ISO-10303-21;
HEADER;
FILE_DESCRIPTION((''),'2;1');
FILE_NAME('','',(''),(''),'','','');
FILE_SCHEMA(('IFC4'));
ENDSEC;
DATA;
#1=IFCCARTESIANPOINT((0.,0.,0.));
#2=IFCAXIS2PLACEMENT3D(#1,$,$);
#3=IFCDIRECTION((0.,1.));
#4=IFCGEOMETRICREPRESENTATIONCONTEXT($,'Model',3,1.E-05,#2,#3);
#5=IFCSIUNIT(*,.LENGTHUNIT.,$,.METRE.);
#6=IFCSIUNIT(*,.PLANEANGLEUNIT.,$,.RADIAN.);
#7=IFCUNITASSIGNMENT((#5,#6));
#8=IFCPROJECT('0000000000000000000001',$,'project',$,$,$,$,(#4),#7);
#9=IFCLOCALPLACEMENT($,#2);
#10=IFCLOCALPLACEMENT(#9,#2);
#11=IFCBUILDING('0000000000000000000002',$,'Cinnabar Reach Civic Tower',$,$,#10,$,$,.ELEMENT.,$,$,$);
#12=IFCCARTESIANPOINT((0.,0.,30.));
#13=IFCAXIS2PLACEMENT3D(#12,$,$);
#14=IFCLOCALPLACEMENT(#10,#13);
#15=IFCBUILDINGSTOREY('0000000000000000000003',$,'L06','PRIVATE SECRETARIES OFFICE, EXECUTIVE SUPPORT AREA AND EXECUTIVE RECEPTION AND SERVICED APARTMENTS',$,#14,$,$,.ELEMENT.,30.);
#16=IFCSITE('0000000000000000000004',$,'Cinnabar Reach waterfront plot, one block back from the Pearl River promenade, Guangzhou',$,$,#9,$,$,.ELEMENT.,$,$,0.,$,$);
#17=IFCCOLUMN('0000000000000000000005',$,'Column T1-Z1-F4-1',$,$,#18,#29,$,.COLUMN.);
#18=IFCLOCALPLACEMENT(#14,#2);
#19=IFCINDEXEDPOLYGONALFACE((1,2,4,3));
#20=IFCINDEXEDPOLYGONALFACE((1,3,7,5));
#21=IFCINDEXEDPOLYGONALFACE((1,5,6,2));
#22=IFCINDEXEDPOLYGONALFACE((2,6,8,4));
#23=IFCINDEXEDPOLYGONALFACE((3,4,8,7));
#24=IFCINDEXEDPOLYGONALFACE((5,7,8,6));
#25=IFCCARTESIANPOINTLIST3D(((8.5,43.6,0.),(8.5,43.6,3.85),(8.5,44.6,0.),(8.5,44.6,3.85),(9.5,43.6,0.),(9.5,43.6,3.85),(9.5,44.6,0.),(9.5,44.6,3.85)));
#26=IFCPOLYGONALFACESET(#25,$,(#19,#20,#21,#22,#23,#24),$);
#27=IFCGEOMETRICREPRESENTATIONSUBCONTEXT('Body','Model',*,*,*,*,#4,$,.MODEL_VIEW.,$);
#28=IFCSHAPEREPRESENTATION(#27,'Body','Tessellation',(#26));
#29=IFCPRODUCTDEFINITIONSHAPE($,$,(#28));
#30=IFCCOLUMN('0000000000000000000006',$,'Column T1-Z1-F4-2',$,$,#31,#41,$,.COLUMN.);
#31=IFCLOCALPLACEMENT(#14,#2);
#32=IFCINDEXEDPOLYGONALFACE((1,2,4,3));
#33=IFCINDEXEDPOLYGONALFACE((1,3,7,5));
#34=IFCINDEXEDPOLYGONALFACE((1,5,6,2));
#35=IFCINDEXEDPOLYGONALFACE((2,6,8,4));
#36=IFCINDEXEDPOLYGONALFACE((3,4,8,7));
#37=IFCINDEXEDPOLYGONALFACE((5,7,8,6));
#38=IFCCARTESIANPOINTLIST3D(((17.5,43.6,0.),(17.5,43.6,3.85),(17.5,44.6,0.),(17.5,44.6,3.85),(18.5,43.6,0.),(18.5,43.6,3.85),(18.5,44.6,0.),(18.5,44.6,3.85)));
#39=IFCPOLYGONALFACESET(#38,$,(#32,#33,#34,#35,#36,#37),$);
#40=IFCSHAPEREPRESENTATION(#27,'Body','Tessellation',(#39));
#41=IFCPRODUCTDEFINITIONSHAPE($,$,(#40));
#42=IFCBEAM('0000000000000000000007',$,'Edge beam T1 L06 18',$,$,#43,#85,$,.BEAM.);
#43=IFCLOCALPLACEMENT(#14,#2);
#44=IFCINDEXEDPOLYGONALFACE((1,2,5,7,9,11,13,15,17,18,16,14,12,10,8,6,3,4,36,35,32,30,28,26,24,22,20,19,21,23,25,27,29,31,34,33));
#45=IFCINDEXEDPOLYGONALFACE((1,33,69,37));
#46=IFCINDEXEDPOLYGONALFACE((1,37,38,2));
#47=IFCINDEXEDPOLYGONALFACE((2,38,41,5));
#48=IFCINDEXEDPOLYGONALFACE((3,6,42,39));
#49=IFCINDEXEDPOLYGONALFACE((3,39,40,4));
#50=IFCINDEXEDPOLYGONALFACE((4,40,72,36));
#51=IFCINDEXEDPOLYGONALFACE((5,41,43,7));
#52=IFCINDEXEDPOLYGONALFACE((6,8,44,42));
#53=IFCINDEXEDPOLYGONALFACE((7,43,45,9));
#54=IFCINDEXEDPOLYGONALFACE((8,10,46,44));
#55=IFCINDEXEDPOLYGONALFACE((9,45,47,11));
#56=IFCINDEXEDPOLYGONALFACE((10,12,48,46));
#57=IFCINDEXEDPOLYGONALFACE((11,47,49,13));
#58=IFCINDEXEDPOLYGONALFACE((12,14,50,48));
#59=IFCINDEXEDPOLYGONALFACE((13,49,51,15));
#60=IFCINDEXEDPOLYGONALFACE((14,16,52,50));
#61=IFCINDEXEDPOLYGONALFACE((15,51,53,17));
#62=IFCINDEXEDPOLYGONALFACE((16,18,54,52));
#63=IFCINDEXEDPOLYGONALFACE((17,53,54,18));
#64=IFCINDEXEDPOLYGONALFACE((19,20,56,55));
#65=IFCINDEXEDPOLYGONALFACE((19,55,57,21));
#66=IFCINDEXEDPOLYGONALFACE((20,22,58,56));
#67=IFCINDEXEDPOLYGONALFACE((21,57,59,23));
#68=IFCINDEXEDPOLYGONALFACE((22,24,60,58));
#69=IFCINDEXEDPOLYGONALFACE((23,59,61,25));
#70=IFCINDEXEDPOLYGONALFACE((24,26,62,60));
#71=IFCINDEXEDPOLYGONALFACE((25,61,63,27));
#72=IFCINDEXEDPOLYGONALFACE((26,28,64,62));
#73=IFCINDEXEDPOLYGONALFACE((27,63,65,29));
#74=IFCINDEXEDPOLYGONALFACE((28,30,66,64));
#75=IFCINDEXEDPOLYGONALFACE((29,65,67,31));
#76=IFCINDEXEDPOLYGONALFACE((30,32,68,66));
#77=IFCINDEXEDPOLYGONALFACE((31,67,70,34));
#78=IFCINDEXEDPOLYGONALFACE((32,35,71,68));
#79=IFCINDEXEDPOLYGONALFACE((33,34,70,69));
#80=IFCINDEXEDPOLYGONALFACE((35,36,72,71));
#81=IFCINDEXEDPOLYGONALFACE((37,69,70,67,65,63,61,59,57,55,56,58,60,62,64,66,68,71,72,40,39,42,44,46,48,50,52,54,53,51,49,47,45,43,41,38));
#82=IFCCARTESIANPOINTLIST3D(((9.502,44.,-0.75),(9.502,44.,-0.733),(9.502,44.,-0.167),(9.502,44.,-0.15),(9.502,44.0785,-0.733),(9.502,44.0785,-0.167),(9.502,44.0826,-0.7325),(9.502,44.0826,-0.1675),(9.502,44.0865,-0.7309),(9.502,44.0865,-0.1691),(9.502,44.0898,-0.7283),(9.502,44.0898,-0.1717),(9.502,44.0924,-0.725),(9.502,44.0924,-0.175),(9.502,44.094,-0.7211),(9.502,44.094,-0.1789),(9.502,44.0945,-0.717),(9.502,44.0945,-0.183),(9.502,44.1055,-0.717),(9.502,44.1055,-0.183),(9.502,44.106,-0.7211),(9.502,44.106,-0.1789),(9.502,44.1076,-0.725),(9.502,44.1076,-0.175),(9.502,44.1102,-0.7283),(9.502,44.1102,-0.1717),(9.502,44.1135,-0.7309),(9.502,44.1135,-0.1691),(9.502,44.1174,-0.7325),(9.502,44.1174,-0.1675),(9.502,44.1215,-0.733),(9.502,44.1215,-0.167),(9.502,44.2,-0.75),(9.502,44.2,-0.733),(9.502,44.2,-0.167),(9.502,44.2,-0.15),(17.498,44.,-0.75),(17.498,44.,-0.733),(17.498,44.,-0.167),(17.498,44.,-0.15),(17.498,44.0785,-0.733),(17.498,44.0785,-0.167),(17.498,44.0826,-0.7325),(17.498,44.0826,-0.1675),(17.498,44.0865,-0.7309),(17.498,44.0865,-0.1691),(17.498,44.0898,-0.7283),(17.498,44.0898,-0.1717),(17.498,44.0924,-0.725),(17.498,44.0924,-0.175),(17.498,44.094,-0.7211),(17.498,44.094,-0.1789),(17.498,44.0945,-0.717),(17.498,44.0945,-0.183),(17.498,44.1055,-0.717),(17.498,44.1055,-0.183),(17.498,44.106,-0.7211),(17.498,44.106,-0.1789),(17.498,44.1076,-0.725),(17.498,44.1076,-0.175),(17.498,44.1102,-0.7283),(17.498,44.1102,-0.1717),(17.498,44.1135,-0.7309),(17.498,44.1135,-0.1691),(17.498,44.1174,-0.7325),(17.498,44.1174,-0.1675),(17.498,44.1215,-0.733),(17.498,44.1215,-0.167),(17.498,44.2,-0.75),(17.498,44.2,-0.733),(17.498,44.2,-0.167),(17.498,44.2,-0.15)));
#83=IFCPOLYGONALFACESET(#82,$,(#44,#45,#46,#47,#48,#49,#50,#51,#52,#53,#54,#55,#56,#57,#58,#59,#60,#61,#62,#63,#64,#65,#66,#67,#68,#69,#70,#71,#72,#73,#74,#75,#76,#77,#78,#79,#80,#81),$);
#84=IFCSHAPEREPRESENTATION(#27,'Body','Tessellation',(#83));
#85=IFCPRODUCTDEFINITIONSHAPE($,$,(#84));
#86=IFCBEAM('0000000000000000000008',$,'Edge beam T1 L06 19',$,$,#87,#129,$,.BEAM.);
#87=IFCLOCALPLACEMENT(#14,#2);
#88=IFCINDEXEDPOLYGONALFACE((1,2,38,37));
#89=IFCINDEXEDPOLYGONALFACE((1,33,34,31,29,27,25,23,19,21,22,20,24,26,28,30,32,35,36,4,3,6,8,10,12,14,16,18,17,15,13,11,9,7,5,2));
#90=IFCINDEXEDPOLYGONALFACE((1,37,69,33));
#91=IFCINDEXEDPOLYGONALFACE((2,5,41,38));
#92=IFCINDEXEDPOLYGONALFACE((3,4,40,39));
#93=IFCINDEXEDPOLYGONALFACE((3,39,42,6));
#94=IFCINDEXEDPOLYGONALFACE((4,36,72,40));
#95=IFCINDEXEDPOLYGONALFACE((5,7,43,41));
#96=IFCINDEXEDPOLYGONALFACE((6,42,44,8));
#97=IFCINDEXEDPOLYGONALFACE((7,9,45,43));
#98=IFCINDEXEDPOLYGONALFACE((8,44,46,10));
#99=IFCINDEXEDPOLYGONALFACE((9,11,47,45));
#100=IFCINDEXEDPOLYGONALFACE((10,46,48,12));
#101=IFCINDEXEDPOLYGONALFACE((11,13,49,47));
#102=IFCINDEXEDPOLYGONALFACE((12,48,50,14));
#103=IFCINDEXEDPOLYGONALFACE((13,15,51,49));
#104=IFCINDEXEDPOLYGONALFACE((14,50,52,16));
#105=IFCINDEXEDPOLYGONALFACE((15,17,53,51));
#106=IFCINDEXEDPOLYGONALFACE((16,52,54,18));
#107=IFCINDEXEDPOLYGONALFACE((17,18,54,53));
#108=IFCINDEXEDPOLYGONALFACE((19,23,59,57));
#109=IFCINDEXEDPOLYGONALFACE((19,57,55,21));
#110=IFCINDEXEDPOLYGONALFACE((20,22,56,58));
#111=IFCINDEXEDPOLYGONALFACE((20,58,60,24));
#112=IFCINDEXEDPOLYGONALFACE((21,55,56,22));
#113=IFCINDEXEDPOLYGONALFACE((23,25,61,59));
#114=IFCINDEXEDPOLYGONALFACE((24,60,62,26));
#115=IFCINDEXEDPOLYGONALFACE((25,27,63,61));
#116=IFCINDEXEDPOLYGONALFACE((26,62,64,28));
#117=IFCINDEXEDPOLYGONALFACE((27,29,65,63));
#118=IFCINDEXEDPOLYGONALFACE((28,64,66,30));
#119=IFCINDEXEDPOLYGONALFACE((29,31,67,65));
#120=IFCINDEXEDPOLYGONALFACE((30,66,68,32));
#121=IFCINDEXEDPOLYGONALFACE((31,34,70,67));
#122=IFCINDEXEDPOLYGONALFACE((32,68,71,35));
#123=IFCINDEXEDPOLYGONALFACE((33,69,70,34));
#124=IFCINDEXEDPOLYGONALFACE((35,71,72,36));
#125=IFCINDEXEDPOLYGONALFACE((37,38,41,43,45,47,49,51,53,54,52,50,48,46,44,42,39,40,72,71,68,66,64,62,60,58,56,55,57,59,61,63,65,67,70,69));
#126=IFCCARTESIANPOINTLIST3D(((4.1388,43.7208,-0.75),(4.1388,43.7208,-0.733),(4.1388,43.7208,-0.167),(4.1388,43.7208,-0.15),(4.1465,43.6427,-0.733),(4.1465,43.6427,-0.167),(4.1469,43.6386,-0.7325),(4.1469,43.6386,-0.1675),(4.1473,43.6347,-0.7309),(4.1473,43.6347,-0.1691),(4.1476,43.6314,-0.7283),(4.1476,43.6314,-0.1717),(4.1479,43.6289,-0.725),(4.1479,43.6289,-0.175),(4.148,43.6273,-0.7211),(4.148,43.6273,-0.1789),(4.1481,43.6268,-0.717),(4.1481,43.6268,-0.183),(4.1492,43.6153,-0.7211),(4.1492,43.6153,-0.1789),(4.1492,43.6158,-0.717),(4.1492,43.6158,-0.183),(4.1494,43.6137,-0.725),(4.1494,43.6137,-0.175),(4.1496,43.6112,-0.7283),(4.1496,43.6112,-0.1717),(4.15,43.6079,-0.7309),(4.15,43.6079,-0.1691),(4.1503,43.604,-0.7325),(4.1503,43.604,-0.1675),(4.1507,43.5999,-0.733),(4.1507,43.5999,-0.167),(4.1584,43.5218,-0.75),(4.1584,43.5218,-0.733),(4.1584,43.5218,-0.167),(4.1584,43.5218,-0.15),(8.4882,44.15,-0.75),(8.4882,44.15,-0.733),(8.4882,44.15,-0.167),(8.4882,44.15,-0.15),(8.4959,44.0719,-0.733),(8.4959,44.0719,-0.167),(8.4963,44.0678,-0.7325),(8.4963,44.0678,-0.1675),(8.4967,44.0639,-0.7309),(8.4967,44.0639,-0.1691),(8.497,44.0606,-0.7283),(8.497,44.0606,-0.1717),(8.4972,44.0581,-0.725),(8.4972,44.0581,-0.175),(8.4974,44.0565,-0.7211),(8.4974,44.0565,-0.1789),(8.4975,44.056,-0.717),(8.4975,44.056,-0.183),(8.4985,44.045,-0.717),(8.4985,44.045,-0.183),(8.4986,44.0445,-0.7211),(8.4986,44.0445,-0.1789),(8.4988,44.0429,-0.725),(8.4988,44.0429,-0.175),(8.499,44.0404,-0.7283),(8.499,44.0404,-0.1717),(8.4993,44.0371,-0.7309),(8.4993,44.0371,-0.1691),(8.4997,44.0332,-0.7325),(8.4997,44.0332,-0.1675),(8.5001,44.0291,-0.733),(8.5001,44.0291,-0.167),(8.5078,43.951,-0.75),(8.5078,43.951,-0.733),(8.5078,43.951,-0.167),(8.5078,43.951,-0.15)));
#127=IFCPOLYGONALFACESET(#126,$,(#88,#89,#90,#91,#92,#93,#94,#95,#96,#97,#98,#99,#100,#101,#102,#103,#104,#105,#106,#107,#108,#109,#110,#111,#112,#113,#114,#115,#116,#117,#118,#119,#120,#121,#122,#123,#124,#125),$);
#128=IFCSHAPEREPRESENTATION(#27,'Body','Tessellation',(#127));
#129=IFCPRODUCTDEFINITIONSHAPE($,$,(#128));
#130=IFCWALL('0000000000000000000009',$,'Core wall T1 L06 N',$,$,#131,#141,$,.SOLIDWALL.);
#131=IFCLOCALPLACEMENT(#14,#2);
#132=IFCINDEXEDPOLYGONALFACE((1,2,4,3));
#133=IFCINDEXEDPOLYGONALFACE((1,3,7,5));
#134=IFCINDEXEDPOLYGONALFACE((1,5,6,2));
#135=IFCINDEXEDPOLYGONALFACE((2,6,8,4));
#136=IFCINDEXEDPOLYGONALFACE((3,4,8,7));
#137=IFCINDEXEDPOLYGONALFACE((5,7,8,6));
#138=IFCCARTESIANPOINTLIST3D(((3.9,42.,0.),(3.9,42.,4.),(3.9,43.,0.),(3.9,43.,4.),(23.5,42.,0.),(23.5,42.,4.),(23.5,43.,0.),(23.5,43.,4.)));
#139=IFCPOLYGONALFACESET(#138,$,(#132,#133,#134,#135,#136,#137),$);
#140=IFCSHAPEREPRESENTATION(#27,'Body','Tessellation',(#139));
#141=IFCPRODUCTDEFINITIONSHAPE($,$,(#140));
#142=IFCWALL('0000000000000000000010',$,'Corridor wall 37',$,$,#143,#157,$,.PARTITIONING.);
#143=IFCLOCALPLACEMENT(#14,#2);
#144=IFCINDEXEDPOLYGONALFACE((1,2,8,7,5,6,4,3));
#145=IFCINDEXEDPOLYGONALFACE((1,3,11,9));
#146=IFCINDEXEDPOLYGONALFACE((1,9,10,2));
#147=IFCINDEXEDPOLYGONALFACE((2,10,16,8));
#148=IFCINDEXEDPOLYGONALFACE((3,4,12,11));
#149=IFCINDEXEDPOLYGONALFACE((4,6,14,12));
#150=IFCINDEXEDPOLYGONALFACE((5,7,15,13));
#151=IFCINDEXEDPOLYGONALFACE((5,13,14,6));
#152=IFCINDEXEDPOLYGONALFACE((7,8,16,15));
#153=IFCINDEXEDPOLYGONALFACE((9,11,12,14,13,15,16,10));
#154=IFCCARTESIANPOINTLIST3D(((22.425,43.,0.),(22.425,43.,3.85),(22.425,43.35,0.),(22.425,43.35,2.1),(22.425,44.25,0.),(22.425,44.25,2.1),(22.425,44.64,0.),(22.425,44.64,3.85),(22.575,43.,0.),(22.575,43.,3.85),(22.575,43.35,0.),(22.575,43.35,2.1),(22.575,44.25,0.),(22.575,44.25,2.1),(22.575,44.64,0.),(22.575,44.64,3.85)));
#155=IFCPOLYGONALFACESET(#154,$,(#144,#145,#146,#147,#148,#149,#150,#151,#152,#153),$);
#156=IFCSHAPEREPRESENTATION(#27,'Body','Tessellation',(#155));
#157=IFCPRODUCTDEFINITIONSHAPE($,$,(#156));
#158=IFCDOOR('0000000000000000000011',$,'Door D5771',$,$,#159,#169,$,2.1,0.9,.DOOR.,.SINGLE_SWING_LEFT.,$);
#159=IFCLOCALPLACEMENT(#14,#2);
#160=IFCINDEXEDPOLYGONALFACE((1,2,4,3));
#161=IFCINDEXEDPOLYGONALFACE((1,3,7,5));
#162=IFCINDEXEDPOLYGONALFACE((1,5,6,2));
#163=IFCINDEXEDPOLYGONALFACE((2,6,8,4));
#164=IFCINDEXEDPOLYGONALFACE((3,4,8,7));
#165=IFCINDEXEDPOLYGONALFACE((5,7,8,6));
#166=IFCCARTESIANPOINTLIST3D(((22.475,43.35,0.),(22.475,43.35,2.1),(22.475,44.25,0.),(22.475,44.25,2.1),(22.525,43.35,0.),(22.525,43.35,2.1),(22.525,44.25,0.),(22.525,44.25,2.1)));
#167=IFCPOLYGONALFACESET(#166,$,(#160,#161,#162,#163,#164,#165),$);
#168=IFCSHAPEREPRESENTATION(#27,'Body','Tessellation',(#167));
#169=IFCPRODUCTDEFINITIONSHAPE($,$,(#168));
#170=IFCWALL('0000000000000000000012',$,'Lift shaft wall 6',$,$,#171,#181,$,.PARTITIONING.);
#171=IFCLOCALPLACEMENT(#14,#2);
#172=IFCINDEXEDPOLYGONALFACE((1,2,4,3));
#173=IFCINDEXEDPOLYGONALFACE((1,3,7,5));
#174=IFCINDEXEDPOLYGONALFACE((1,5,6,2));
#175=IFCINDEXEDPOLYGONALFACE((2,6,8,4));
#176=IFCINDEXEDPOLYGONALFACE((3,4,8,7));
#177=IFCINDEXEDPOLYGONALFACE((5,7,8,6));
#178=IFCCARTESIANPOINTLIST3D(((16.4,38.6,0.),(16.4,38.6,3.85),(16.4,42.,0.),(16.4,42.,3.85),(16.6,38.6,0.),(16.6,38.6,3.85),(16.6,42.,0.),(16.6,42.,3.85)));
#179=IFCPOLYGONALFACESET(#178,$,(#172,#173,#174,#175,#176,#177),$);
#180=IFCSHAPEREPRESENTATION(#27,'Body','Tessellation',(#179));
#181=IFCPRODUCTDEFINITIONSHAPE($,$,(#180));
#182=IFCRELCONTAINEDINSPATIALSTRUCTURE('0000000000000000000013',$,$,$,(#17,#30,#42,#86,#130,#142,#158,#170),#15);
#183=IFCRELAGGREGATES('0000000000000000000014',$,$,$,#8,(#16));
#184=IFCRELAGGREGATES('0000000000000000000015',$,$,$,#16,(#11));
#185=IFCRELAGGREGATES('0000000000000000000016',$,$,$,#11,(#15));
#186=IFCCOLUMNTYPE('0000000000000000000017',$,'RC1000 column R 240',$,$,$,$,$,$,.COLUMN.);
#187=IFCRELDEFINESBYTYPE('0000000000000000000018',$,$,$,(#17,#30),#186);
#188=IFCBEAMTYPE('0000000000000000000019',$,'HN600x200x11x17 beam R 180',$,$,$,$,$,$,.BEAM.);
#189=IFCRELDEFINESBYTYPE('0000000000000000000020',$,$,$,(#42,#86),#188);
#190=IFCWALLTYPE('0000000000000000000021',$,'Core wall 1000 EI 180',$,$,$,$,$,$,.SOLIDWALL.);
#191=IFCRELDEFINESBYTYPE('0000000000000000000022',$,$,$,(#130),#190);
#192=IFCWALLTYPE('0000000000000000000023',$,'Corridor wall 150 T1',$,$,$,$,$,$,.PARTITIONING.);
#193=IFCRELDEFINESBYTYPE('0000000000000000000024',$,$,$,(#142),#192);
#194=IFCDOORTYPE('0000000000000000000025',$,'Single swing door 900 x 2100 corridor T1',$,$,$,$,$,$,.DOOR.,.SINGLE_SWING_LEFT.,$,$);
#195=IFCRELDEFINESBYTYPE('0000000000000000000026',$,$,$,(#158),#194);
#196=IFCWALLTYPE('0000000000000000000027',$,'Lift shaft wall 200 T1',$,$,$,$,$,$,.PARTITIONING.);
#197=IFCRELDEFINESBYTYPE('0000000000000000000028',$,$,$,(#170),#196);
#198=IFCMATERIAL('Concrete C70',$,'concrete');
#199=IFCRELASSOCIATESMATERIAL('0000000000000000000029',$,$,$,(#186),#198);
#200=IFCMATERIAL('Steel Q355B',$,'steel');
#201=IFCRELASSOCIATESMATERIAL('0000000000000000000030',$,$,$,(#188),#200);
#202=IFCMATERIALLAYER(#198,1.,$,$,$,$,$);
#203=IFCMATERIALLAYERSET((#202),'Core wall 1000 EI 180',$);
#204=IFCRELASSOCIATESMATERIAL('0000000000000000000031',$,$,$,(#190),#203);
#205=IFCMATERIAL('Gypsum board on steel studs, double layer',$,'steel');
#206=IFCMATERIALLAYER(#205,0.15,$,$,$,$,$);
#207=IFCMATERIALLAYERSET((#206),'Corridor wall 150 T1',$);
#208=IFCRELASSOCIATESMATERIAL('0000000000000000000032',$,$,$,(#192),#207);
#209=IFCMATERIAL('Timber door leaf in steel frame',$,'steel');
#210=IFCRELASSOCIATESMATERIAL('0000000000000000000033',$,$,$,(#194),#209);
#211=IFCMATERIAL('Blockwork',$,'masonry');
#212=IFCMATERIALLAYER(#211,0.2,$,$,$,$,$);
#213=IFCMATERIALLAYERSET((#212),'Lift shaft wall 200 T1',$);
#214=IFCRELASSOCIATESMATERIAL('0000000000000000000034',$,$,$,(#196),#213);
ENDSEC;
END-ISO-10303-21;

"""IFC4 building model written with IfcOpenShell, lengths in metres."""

from ifc_helpers import new_model, si_unit, direction, frame, frame_2d, origin, origin_2d, place, context, subcontext, project, spatial, rectangle, i_section, extrude, material, layer, layer_set, material_profile, profile_set, type_object, element, fill, save


model = new_model("IFC4")

# Units and contexts
model_context = context("Model", 3, precision=1e-05, world=origin(), true_north=direction((0.0, 1.0)))
body_context = subcontext(model_context, "Body", "Model", "MODEL_VIEW")
ifc_project = project(units=[si_unit("LENGTHUNIT", "METRE"), si_unit("PLANEANGLEUNIT", "RADIAN")], contexts=[model_context])

# Site, building, storey
site_placement = place(None, origin())
site = spatial("IfcSite", under=ifc_project, at=site_placement, Name="Cinnabar Reach waterfront plot, one block back from the Pearl River promenade, Guangzhou", CompositionType="ELEMENT", RefElevation=0.0)
building_placement = place(site_placement, origin())
building = spatial("IfcBuilding", under=site, at=building_placement, Name="Cinnabar Reach Civic Tower", CompositionType="ELEMENT")
storey_placement = place(building_placement, frame((0.0, 0.0, 30.0)))
storey = spatial("IfcBuildingStorey", under=building, at=storey_placement, Name="L06", Description="PRIVATE SECRETARIES OFFICE, EXECUTIVE SUPPORT AREA AND EXECUTIVE RECEPTION AND SERVICED APARTMENTS", CompositionType="ELEMENT", Elevation=30.0)

# Columns
ifc_material_1 = material(Name="Concrete C70", Category="concrete")
ifc_material_profile_1 = material_profile(ifc_material_1, rectangle(XDim=1.0, YDim=1.0, at=origin_2d()), Name="RC1000")
ifc_profile_set_1 = profile_set([ifc_material_profile_1], Name="Concrete C70")
column_type = type_object("IfcColumnType", Name="RC1000 column R 240", PredefinedType="COLUMN", material=ifc_profile_set_1)
for number, where, z_axis, x_axis, name in (
    (1, (9.0, 44.1, 0.0), (0.0, 0.0, 1.0), (1.0, 0.0, 0.0), "Column T1-Z1-F4-1"),
    (2, (18.0, 44.1, 0.0), (0.0, 0.0, 1.0), (1.0, 0.0, 0.0), "Column T1-Z1-F4-2"),
):
    element("IfcColumn", number, at=place(storey_placement, frame(where, z_axis=z_axis, x_axis=x_axis)), inside=storey, type_object=column_type, Name=name, PredefinedType="COLUMN", context=body_context, shape_type="SweptSolid", body=[
        extrude(rectangle(XDim=1.0, YDim=1.0, at=origin_2d()), origin(), (0.0, 0.0, 1.0), 3.85),
    ])

# Beams
ifc_material_2 = material(Name="Steel Q355B", Category="steel")
ifc_material_profile_2 = material_profile(ifc_material_2, i_section(OverallWidth=0.2, OverallDepth=0.6, WebThickness=0.011, FlangeThickness=0.017, FilletRadius=0.016, at=origin_2d()), Name="HN600x200x11x17")
ifc_profile_set_2 = profile_set([ifc_material_profile_2], Name="Steel Q355B")
beam_type = type_object("IfcBeamType", Name="HN600x200x11x17 beam R 180", PredefinedType="BEAM", material=ifc_profile_set_2)
beam_1_placement = place(storey_placement, frame((17.498, 44.1, -0.45), z_axis=(-1.0, 0.0, 0.0), x_axis=(0.0, -1.0, 0.0)))
element("IfcBeam", 3, at=beam_1_placement, inside=storey, type_object=beam_type, Name="Edge beam T1 L06 18", PredefinedType="BEAM", context=body_context, shape_type="SweptSolid", body=[
    extrude(i_section(OverallWidth=0.2, OverallDepth=0.6, WebThickness=0.011, FlangeThickness=0.017, FilletRadius=0.016, at=origin_2d()), origin(), (0.0, 0.0, 1.0), 7.996),
])
beam_2_placement = place(storey_placement, frame((8.498, 44.0505, -0.45), z_axis=(-0.995166, -0.098203, 0.0), x_axis=(0.098203, -0.995166, 0.0)))
element("IfcBeam", 4, at=beam_2_placement, inside=storey, type_object=beam_type, Name="Edge beam T1 L06 19", PredefinedType="BEAM", context=body_context, shape_type="SweptSolid", body=[
    extrude(i_section(OverallWidth=0.2, OverallDepth=0.6, WebThickness=0.011, FlangeThickness=0.017, FilletRadius=0.016, at=origin_2d()), origin(), (0.0, 0.0, 1.0), 4.3705),
])

# Wall
ifc_layer_1 = layer(ifc_material_1, 1.0)
ifc_layer_set_1 = layer_set([ifc_layer_1], Name="Core wall 1000 EI 180")
wall_type_1 = type_object("IfcWallType", Name="Core wall 1000 EI 180", PredefinedType="SOLIDWALL", material=ifc_layer_set_1)
wall_1_placement = place(storey_placement, frame((23.5, 42.5, 0.0), z_axis=(0.0, 0.0, 1.0), x_axis=(-1.0, 0.0, 0.0)))
element("IfcWall", 5, at=wall_1_placement, inside=storey, type_object=wall_type_1, Name="Core wall T1 L06 N", PredefinedType="SOLIDWALL", context=body_context, shape_type="SweptSolid", body=[
    extrude(rectangle(XDim=19.6, YDim=1.0, at=frame_2d((9.8, 0.0))), origin(), (0.0, 0.0, 1.0), 4.0),
])

# Wall, opening, door
ifc_material_3 = material(Name="Gypsum board on steel studs, double layer", Category="steel")
ifc_layer_2 = layer(ifc_material_3, 0.15)
ifc_layer_set_2 = layer_set([ifc_layer_2], Name="Corridor wall 150 T1")
wall_type_2 = type_object("IfcWallType", Name="Corridor wall 150 T1", PredefinedType="PARTITIONING", material=ifc_layer_set_2)
wall_2_placement = place(storey_placement, frame((22.5, 43.0, 0.0), z_axis=(0.0, 0.0, 1.0), x_axis=(0.0, 1.0, 0.0)))
wall_2 = element("IfcWall", 6, at=wall_2_placement, inside=storey, type_object=wall_type_2, Name="Corridor wall 37", PredefinedType="PARTITIONING", context=body_context, shape_type="SweptSolid", body=[
    extrude(rectangle(XDim=1.64, YDim=0.15, at=frame_2d((0.82, 0.0))), origin(), (0.0, 0.0, 1.0), 3.85),
])
opening_1_placement = place(wall_2_placement, frame((0.35, 0.0, 0.0)))
opening_1 = element("IfcOpeningElement", 7, at=opening_1_placement, cuts=wall_2, PredefinedType="OPENING", context=body_context, shape_type="SweptSolid", body=[
    extrude(rectangle(XDim=0.9, YDim=2.1, at=frame_2d((0.45, 1.05))), frame((0.0, 0.085, 0.0), z_axis=(0.0, -1.0, 0.0), x_axis=(1.0, 0.0, 0.0)), (0.0, 0.0, 1.0), 0.17),
])
ifc_material_4 = material(Name="Timber door leaf in steel frame", Category="steel")
door_type_1 = type_object("IfcDoorType", Name="Single swing door 900 x 2100 corridor T1", OperationType="SINGLE_SWING_LEFT", PredefinedType="DOOR", material=ifc_material_4)
door_1_placement = place(opening_1_placement, origin())
door_1 = element("IfcDoor", 8, at=door_1_placement, inside=storey, type_object=door_type_1, Name="Door D5771", OperationType="SINGLE_SWING_LEFT", OverallHeight=2.1, OverallWidth=0.9, PredefinedType="DOOR", context=body_context, shape_type="SweptSolid", body=[
    extrude(rectangle(XDim=0.9, YDim=2.1, at=frame_2d((0.45, 1.05))), frame((0.0, 0.025, 0.0), z_axis=(0.0, -1.0, 0.0), x_axis=(1.0, 0.0, 0.0)), (0.0, 0.0, 1.0), 0.05),
])
fill(opening_1, door_1)

# Wall
ifc_material_5 = material(Name="Blockwork", Category="masonry")
ifc_layer_3 = layer(ifc_material_5, 0.2)
ifc_layer_set_3 = layer_set([ifc_layer_3], Name="Lift shaft wall 200 T1")
wall_type_3 = type_object("IfcWallType", Name="Lift shaft wall 200 T1", PredefinedType="PARTITIONING", material=ifc_layer_set_3)
for number, where, z_axis, x_axis, name in (
    (9, (16.5, 38.6, 0.0), (0.0, 0.0, 1.0), (0.0, 1.0, 0.0), "Lift shaft wall 6"),
):
    element("IfcWall", number, at=place(storey_placement, frame(where, z_axis=z_axis, x_axis=x_axis)), inside=storey, type_object=wall_type_3, Name=name, PredefinedType="PARTITIONING", context=body_context, shape_type="SweptSolid", body=[
        extrude(rectangle(XDim=3.4, YDim=0.2, at=frame_2d((1.7, 0.0))), origin(), (0.0, 0.0, 1.0), 3.85),
    ])

save(model, "model.ifc")
